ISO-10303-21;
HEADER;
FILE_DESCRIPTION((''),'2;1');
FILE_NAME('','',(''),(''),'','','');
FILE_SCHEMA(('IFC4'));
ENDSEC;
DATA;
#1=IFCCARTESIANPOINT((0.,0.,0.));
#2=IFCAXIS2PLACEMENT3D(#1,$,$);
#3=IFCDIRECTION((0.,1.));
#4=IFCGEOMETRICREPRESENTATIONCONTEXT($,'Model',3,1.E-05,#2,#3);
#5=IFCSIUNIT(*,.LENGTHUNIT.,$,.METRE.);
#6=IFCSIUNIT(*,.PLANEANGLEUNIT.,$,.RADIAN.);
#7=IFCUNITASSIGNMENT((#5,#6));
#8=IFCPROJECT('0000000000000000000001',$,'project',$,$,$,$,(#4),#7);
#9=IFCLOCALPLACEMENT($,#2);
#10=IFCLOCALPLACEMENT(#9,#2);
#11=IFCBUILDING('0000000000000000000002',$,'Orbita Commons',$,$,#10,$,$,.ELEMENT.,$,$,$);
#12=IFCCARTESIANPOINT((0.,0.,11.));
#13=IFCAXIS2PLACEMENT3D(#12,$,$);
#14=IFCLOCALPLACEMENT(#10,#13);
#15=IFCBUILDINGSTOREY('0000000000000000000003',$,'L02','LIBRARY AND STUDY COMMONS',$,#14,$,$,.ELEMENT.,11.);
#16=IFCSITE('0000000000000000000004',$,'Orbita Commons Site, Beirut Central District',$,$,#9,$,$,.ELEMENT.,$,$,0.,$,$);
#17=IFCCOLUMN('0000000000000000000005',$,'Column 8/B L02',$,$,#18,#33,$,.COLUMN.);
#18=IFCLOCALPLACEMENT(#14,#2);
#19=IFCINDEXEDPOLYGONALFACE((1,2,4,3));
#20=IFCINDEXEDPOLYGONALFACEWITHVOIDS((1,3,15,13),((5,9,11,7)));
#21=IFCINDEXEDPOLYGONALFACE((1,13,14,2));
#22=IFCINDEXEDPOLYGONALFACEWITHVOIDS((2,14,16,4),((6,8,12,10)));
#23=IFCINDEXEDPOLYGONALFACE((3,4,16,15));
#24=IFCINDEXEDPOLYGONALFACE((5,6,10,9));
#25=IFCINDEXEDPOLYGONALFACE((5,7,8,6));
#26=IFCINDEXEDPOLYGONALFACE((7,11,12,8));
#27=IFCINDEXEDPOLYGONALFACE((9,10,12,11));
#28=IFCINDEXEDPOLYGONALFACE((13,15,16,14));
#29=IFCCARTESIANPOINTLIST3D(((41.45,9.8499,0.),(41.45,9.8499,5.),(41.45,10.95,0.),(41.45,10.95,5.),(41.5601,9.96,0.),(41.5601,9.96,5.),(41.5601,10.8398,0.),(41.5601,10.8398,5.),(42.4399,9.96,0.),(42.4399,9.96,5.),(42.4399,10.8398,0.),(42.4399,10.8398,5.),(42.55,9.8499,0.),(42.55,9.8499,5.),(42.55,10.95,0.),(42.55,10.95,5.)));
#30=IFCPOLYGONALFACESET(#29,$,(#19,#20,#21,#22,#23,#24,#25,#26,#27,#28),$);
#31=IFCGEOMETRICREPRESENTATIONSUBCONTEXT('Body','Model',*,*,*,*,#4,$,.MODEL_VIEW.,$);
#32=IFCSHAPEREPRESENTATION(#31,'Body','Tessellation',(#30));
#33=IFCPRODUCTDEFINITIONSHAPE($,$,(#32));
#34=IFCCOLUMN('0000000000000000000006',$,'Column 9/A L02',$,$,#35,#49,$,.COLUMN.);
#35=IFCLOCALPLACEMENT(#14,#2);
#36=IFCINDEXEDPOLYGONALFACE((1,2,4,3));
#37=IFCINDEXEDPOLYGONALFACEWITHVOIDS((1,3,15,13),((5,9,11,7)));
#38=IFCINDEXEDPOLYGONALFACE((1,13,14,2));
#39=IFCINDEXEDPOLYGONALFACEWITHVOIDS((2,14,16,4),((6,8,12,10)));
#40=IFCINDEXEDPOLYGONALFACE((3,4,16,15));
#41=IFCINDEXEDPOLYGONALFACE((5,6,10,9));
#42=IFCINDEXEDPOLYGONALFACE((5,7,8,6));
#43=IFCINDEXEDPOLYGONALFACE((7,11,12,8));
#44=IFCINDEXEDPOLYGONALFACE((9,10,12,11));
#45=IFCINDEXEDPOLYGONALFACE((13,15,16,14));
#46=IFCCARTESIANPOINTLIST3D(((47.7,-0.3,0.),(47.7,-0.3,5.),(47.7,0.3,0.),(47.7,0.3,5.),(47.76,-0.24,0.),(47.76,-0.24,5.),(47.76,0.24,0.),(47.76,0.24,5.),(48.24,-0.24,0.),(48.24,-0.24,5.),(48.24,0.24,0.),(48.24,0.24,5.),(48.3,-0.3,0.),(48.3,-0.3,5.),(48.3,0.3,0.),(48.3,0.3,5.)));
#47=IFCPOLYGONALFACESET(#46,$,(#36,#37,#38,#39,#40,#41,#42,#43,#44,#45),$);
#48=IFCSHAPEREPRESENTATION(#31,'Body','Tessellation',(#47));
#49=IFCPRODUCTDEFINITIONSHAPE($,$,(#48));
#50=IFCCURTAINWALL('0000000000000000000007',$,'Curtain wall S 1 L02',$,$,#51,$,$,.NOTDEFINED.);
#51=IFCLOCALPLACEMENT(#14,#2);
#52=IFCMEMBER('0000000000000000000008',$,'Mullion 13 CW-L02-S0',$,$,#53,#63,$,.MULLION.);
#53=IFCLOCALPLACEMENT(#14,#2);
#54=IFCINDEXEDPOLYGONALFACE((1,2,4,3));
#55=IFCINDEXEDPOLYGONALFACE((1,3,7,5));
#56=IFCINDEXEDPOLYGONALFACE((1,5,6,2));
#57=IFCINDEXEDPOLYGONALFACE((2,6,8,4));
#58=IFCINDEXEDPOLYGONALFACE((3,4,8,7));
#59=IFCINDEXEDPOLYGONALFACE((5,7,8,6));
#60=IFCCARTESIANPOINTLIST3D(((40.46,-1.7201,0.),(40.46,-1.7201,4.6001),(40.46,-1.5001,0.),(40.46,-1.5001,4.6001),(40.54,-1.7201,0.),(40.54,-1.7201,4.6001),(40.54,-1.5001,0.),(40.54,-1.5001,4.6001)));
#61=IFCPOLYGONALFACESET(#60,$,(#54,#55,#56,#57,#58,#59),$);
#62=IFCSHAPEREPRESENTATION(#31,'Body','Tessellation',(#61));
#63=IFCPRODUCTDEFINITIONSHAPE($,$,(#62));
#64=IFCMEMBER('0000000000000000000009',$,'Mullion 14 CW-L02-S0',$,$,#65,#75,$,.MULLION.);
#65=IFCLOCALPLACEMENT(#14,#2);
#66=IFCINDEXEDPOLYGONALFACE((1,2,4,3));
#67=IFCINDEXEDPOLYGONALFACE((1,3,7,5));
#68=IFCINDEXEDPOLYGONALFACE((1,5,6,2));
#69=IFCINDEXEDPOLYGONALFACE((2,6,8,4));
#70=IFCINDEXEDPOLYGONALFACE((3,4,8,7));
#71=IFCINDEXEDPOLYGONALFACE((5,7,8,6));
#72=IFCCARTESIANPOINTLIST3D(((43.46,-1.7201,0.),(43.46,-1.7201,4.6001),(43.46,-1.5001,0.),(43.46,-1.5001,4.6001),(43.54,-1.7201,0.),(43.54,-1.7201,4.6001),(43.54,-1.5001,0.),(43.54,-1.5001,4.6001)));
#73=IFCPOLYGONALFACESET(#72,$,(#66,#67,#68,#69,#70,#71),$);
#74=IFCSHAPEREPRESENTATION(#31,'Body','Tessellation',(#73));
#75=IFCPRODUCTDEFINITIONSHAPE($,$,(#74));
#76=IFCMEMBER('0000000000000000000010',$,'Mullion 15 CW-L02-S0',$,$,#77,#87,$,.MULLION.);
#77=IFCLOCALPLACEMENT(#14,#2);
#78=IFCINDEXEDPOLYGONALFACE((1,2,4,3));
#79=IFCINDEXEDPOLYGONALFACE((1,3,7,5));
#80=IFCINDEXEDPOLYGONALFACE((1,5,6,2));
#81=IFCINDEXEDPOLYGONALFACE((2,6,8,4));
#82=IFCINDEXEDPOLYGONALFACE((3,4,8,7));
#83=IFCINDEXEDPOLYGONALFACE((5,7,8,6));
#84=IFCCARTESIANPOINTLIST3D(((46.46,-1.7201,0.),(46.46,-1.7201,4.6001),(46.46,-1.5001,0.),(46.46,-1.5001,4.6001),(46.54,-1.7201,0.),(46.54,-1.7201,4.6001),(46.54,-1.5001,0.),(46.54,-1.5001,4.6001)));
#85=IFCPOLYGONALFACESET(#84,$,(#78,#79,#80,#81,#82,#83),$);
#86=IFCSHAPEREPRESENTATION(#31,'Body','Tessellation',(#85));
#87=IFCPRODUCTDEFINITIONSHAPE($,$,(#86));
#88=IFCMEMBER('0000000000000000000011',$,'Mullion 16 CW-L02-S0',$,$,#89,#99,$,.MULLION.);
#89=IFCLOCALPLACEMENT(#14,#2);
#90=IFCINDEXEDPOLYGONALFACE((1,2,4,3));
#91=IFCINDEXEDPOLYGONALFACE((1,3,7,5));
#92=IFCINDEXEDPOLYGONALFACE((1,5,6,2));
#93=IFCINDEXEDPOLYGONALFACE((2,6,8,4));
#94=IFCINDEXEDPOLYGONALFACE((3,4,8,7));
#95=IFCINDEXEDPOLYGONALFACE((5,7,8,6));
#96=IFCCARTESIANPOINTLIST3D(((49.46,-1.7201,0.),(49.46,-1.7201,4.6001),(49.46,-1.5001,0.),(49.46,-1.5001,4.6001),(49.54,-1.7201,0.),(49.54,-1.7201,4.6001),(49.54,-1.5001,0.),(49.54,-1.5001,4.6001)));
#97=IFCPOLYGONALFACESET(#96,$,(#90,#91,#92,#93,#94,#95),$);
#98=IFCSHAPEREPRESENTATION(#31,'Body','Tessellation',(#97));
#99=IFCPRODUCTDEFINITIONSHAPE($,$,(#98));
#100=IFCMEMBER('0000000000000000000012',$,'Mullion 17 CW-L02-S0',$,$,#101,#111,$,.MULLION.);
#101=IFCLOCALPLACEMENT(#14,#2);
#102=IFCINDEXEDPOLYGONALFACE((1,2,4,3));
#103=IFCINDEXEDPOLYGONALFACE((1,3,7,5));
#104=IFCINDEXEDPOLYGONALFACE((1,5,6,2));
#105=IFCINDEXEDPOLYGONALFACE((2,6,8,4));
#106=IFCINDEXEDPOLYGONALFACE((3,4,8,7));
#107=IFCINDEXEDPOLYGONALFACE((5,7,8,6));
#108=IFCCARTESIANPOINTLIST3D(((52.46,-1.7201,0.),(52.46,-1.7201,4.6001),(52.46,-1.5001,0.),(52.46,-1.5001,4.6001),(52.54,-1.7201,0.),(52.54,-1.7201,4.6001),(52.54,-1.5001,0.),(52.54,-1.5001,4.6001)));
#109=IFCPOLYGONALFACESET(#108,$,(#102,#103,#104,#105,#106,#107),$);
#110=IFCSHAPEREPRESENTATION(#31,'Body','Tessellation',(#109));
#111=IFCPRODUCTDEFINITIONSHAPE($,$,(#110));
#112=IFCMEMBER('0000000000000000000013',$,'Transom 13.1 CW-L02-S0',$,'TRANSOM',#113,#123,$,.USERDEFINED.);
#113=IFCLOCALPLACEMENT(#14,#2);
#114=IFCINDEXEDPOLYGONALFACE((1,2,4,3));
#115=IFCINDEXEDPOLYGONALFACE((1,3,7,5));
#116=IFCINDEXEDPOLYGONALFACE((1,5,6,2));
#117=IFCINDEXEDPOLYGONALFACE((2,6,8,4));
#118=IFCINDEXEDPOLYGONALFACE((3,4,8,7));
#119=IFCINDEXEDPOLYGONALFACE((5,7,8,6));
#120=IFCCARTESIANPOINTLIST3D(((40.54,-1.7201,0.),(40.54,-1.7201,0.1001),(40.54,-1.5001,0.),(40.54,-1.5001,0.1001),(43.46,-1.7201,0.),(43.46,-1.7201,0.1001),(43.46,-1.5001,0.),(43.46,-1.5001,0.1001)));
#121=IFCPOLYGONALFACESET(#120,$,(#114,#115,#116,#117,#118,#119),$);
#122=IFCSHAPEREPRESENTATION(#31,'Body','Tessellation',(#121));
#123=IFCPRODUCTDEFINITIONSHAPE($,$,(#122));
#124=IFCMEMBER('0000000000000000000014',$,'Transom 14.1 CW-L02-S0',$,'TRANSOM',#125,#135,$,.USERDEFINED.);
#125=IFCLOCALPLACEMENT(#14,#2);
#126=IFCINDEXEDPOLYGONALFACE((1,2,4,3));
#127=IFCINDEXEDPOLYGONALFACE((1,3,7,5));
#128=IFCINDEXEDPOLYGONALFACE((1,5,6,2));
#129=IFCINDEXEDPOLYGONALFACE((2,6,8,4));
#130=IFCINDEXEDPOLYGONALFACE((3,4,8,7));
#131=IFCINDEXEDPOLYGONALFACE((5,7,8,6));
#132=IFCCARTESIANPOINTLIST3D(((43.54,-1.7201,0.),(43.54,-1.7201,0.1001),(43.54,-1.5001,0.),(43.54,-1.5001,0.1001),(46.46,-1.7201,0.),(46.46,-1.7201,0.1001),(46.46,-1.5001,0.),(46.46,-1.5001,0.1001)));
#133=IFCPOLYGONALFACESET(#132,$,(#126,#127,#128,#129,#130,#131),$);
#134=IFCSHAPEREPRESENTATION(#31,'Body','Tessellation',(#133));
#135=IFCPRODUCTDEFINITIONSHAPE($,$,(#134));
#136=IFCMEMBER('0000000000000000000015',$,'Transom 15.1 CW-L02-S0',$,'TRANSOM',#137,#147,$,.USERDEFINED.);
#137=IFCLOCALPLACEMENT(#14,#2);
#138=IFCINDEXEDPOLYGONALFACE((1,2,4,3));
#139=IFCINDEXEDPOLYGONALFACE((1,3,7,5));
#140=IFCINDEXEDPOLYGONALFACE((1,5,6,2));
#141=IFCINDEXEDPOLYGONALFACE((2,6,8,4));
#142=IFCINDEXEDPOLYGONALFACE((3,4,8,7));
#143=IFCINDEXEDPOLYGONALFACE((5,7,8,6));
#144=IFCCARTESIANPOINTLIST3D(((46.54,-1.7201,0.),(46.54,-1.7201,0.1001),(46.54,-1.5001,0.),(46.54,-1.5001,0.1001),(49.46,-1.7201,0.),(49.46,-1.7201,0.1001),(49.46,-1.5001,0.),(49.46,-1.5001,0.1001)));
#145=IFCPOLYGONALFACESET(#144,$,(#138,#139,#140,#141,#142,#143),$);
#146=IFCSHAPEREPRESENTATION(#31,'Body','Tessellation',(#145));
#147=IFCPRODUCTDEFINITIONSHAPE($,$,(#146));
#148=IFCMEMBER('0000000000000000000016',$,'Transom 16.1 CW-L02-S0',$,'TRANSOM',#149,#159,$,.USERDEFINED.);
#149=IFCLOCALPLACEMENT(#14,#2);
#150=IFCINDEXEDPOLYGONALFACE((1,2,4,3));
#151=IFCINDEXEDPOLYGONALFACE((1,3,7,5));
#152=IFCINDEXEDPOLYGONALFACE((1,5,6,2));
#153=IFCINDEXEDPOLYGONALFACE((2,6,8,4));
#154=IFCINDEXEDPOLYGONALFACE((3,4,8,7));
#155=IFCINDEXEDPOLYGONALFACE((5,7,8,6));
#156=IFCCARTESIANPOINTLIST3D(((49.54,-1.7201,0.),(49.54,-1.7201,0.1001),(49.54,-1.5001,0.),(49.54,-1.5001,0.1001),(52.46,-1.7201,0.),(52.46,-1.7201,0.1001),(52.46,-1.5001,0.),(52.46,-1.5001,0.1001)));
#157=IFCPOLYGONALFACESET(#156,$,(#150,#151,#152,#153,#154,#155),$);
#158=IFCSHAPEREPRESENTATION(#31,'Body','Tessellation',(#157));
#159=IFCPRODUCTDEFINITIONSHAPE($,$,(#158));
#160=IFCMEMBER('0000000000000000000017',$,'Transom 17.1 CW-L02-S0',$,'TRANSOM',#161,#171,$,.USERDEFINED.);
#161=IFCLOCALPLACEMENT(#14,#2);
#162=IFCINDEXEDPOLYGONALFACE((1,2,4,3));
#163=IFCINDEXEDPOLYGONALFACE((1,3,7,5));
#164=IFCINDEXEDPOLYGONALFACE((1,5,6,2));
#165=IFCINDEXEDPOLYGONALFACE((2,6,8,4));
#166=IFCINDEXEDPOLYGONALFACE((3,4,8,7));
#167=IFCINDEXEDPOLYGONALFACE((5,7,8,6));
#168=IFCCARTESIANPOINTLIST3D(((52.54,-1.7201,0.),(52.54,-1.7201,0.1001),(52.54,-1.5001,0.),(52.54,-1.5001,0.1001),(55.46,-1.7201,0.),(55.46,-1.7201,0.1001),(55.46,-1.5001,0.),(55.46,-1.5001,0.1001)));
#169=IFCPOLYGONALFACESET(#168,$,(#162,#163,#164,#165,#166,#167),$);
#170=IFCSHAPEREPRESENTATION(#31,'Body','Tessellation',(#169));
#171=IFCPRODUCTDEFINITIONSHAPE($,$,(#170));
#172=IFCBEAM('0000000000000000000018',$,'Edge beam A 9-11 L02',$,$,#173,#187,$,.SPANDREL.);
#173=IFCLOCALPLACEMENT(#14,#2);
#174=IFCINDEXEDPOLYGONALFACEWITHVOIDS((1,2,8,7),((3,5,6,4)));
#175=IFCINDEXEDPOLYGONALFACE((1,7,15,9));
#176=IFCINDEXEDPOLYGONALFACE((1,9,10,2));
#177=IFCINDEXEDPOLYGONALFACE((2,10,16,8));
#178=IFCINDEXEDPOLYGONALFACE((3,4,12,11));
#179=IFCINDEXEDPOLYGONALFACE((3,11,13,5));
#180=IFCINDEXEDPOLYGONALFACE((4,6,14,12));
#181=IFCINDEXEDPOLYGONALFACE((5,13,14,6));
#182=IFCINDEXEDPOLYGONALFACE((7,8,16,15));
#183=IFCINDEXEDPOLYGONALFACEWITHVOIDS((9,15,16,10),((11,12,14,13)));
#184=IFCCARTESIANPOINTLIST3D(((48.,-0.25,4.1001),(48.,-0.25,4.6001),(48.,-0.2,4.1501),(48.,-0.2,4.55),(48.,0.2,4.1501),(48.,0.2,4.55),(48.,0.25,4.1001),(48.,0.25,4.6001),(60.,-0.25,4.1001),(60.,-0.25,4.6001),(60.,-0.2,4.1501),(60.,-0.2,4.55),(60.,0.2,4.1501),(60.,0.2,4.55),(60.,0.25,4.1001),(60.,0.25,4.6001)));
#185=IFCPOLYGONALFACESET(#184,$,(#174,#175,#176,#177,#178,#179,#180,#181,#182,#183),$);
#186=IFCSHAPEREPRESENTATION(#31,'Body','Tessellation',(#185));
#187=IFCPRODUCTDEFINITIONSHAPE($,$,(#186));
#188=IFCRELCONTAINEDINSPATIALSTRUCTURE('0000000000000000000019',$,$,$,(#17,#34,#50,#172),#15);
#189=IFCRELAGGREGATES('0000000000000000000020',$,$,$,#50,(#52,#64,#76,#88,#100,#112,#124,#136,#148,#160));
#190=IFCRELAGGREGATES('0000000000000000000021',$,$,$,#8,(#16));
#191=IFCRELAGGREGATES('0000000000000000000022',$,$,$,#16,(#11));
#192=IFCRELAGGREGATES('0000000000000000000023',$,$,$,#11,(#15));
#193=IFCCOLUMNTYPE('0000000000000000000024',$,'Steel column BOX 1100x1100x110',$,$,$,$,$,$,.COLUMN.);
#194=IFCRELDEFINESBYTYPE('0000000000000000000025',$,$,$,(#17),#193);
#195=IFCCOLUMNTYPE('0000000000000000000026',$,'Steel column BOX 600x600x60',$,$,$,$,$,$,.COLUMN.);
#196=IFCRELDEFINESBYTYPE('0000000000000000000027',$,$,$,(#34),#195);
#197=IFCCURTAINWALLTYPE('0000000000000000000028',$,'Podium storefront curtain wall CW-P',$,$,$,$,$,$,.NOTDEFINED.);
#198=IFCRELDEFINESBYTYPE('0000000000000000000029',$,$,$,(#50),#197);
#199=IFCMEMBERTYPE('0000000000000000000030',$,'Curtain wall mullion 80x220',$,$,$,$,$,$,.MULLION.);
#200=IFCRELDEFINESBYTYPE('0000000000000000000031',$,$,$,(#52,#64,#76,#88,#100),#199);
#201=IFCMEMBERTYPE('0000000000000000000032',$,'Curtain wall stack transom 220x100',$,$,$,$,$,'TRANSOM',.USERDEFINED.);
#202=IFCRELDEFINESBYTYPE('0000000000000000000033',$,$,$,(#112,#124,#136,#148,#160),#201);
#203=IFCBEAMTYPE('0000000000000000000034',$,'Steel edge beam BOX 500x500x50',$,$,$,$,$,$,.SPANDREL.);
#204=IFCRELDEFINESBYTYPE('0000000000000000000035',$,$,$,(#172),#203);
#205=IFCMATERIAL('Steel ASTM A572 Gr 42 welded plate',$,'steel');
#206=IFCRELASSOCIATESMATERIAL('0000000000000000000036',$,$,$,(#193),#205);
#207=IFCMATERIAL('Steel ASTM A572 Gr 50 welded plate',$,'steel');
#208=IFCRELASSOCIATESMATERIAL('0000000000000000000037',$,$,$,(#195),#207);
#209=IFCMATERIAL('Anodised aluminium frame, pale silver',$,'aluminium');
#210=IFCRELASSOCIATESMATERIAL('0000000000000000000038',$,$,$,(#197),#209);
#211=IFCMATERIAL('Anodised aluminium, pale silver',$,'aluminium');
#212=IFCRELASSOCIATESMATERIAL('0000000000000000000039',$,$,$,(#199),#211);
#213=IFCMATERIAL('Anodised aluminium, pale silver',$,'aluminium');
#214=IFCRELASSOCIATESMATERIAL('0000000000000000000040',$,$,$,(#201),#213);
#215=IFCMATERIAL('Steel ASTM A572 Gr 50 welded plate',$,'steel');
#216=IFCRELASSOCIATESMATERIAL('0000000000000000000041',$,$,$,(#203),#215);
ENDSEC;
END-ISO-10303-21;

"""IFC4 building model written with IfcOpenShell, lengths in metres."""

from ifc_helpers import new_model, si_unit, direction, frame, origin, origin_2d, place, context, subcontext, project, spatial, rectangle, hollow_rectangle, extrude, material, material_profile, profile_set, type_object, element, aggregate, save


model = new_model("IFC4")

# Units and contexts
model_context = context("Model", 3, precision=1e-05, world=origin(), true_north=direction((0.0, 1.0)))
body_context = subcontext(model_context, "Body", "Model", "MODEL_VIEW")
ifc_project = project(units=[si_unit("LENGTHUNIT", "METRE"), si_unit("PLANEANGLEUNIT", "RADIAN")], contexts=[model_context])

# Site, building, storey
site_placement = place(None, origin())
site = spatial("IfcSite", under=ifc_project, at=site_placement, Name="Orbita Commons Site, Beirut Central District", CompositionType="ELEMENT", RefElevation=0.0)
building_placement = place(site_placement, origin())
building = spatial("IfcBuilding", under=site, at=building_placement, Name="Orbita Commons", CompositionType="ELEMENT")
storey_placement = place(building_placement, frame((0.0, 0.0, 11.0)))
storey = spatial("IfcBuildingStorey", under=building, at=storey_placement, Name="L02", Description="LIBRARY AND STUDY COMMONS", CompositionType="ELEMENT", Elevation=11.0)

# Columns
ifc_material_1 = material(Name="Steel ASTM A572 Gr 42 welded plate", Category="steel")
ifc_material_profile_1 = material_profile(ifc_material_1, hollow_rectangle(XDim=1.1001, YDim=1.1001, WallThickness=0.1101, at=origin_2d()), Name="BOX 1100x1100x110")
ifc_profile_set_1 = profile_set([ifc_material_profile_1], Name="Steel ASTM A572 Gr 42 welded plate")
column_type_1 = type_object("IfcColumnType", Name="Steel column BOX 1100x1100x110", PredefinedType="COLUMN", material=ifc_profile_set_1)
column_1_placement = place(storey_placement, frame((42.0, 10.3999, 0.0), z_axis=(0.0, 0.0, 1.0), x_axis=(1.0, 0.0, 0.0)))
element("IfcColumn", 1, at=column_1_placement, inside=storey, type_object=column_type_1, Name="Column 8/B L02", PredefinedType="COLUMN", context=body_context, shape_type="SweptSolid", body=[
    extrude(hollow_rectangle(XDim=1.1001, YDim=1.1001, WallThickness=0.1101, at=origin_2d()), origin(), (0.0, 0.0, 1.0), 5.0),
])
ifc_material_2 = material(Name="Steel ASTM A572 Gr 50 welded plate", Category="steel")
ifc_material_profile_2 = material_profile(ifc_material_2, hollow_rectangle(XDim=0.6001, YDim=0.6001, WallThickness=0.0601, at=origin_2d()), Name="BOX 600x600x60")
ifc_profile_set_2 = profile_set([ifc_material_profile_2], Name="Steel ASTM A572 Gr 50 welded plate")
column_type_2 = type_object("IfcColumnType", Name="Steel column BOX 600x600x60", PredefinedType="COLUMN", material=ifc_profile_set_2)
column_2_placement = place(storey_placement, frame((48.0, 0.0, 0.0), z_axis=(0.0, 0.0, 1.0), x_axis=(1.0, 0.0, 0.0)))
element("IfcColumn", 2, at=column_2_placement, inside=storey, type_object=column_type_2, Name="Column 9/A L02", PredefinedType="COLUMN", context=body_context, shape_type="SweptSolid", body=[
    extrude(hollow_rectangle(XDim=0.6001, YDim=0.6001, WallThickness=0.0601, at=origin_2d()), origin(), (0.0, 0.0, 1.0), 5.0),
])

# Curtain wall, members
ifc_material_3 = material(Name="Anodised aluminium frame, pale silver", Category="aluminium")
curtain_wall_type = type_object("IfcCurtainWallType", Name="Podium storefront curtain wall CW-P", PredefinedType="NOTDEFINED", material=ifc_material_3)
curtain_wall_placement = place(storey_placement, origin())
curtain_wall = element("IfcCurtainWall", 3, at=curtain_wall_placement, inside=storey, type_object=curtain_wall_type, Name="Curtain wall S 1 L02", PredefinedType="NOTDEFINED")
ifc_material_4 = material(Name="Anodised aluminium, pale silver", Category="aluminium")
ifc_material_profile_3 = material_profile(ifc_material_4, rectangle(XDim=0.0801, YDim=0.22, at=origin_2d()), Name="AL 80x220")
ifc_profile_set_3 = profile_set([ifc_material_profile_3], Name="Anodised aluminium, pale silver")
member_type_1 = type_object("IfcMemberType", Name="Curtain wall mullion 80x220", PredefinedType="MULLION", material=ifc_profile_set_3)
member_1_placement = place(storey_placement, frame((40.5, -1.6101, 0.0), z_axis=(0.0, 0.0, 1.0), x_axis=(1.0, 0.0, 0.0)))
member_1 = element("IfcMember", 4, at=member_1_placement, type_object=member_type_1, Name="Mullion 13 CW-L02-S0", PredefinedType="MULLION", context=body_context, shape_type="SweptSolid", body=[
    extrude(rectangle(XDim=0.0801, YDim=0.22, at=origin_2d()), origin(), (0.0, 0.0, 1.0), 4.6001),
])
member_2_placement = place(storey_placement, frame((43.5, -1.6101, 0.0), z_axis=(0.0, 0.0, 1.0), x_axis=(1.0, 0.0, 0.0)))
member_2 = element("IfcMember", 5, at=member_2_placement, type_object=member_type_1, Name="Mullion 14 CW-L02-S0", PredefinedType="MULLION", context=body_context, shape_type="SweptSolid", body=[
    extrude(rectangle(XDim=0.0801, YDim=0.22, at=origin_2d()), origin(), (0.0, 0.0, 1.0), 4.6001),
])
member_3_placement = place(storey_placement, frame((46.5, -1.6101, 0.0), z_axis=(0.0, 0.0, 1.0), x_axis=(1.0, 0.0, 0.0)))
member_3 = element("IfcMember", 6, at=member_3_placement, type_object=member_type_1, Name="Mullion 15 CW-L02-S0", PredefinedType="MULLION", context=body_context, shape_type="SweptSolid", body=[
    extrude(rectangle(XDim=0.0801, YDim=0.22, at=origin_2d()), origin(), (0.0, 0.0, 1.0), 4.6001),
])
member_4_placement = place(storey_placement, frame((49.5, -1.6101, 0.0), z_axis=(0.0, 0.0, 1.0), x_axis=(1.0, 0.0, 0.0)))
member_4 = element("IfcMember", 7, at=member_4_placement, type_object=member_type_1, Name="Mullion 16 CW-L02-S0", PredefinedType="MULLION", context=body_context, shape_type="SweptSolid", body=[
    extrude(rectangle(XDim=0.0801, YDim=0.22, at=origin_2d()), origin(), (0.0, 0.0, 1.0), 4.6001),
])
member_5_placement = place(storey_placement, frame((52.5, -1.6101, 0.0), z_axis=(0.0, 0.0, 1.0), x_axis=(1.0, 0.0, 0.0)))
member_5 = element("IfcMember", 8, at=member_5_placement, type_object=member_type_1, Name="Mullion 17 CW-L02-S0", PredefinedType="MULLION", context=body_context, shape_type="SweptSolid", body=[
    extrude(rectangle(XDim=0.0801, YDim=0.22, at=origin_2d()), origin(), (0.0, 0.0, 1.0), 4.6001),
])
ifc_material_5 = material(Name="Anodised aluminium, pale silver", Category="aluminium")
ifc_material_profile_4 = material_profile(ifc_material_5, rectangle(XDim=0.22, YDim=0.1001, at=origin_2d()), Name="AL 220x100")
ifc_profile_set_4 = profile_set([ifc_material_profile_4], Name="Anodised aluminium, pale silver")
member_type_2 = type_object("IfcMemberType", Name="Curtain wall stack transom 220x100", ElementType="TRANSOM", PredefinedType="USERDEFINED", material=ifc_profile_set_4)
member_6_placement = place(storey_placement, frame((40.54, -1.6101, 0.05), z_axis=(1.0, 0.0, 0.0), x_axis=(0.0, 1.0, 0.0)))
member_6 = element("IfcMember", 9, at=member_6_placement, type_object=member_type_2, Name="Transom 13.1 CW-L02-S0", ObjectType="TRANSOM", PredefinedType="USERDEFINED", context=body_context, shape_type="SweptSolid", body=[
    extrude(rectangle(XDim=0.22, YDim=0.1001, at=origin_2d()), origin(), (0.0, 0.0, 1.0), 2.9199),
])
member_7_placement = place(storey_placement, frame((43.54, -1.6101, 0.05), z_axis=(1.0, 0.0, 0.0), x_axis=(0.0, 1.0, 0.0)))
member_7 = element("IfcMember", 10, at=member_7_placement, type_object=member_type_2, Name="Transom 14.1 CW-L02-S0", ObjectType="TRANSOM", PredefinedType="USERDEFINED", context=body_context, shape_type="SweptSolid", body=[
    extrude(rectangle(XDim=0.22, YDim=0.1001, at=origin_2d()), origin(), (0.0, 0.0, 1.0), 2.9199),
])
member_8_placement = place(storey_placement, frame((46.54, -1.6101, 0.05), z_axis=(1.0, 0.0, 0.0), x_axis=(0.0, 1.0, 0.0)))
member_8 = element("IfcMember", 11, at=member_8_placement, type_object=member_type_2, Name="Transom 15.1 CW-L02-S0", ObjectType="TRANSOM", PredefinedType="USERDEFINED", context=body_context, shape_type="SweptSolid", body=[
    extrude(rectangle(XDim=0.22, YDim=0.1001, at=origin_2d()), origin(), (0.0, 0.0, 1.0), 2.9199),
])
member_9_placement = place(storey_placement, frame((49.54, -1.6101, 0.05), z_axis=(1.0, 0.0, 0.0), x_axis=(0.0, 1.0, 0.0)))
member_9 = element("IfcMember", 12, at=member_9_placement, type_object=member_type_2, Name="Transom 16.1 CW-L02-S0", ObjectType="TRANSOM", PredefinedType="USERDEFINED", context=body_context, shape_type="SweptSolid", body=[
    extrude(rectangle(XDim=0.22, YDim=0.1001, at=origin_2d()), origin(), (0.0, 0.0, 1.0), 2.9199),
])
member_10_placement = place(storey_placement, frame((52.54, -1.6101, 0.05), z_axis=(1.0, 0.0, 0.0), x_axis=(0.0, 1.0, 0.0)))
member_10 = element("IfcMember", 13, at=member_10_placement, type_object=member_type_2, Name="Transom 17.1 CW-L02-S0", ObjectType="TRANSOM", PredefinedType="USERDEFINED", context=body_context, shape_type="SweptSolid", body=[
    extrude(rectangle(XDim=0.22, YDim=0.1001, at=origin_2d()), origin(), (0.0, 0.0, 1.0), 2.9199),
])

# Beam
ifc_material_6 = material(Name="Steel ASTM A572 Gr 50 welded plate", Category="steel")
ifc_material_profile_5 = material_profile(ifc_material_6, hollow_rectangle(XDim=0.5, YDim=0.5, WallThickness=0.05, at=origin_2d()), Name="BOX 500x500x50")
ifc_profile_set_5 = profile_set([ifc_material_profile_5], Name="Steel ASTM A572 Gr 50 welded plate")
beam_type_1 = type_object("IfcBeamType", Name="Steel edge beam BOX 500x500x50", PredefinedType="SPANDREL", material=ifc_profile_set_5)
beam_1_placement = place(storey_placement, frame((48.0, 0.0, 4.3501), z_axis=(1.0, 0.0, 0.0), x_axis=(0.0, 1.0, 0.0)))
element("IfcBeam", 14, at=beam_1_placement, inside=storey, type_object=beam_type_1, Name="Edge beam A 9-11 L02", PredefinedType="SPANDREL", context=body_context, shape_type="SweptSolid", body=[
    extrude(hollow_rectangle(XDim=0.5, YDim=0.5, WallThickness=0.05, at=origin_2d()), origin(), (0.0, 0.0, 1.0), 12.0),
])

aggregate(curtain_wall, [member_1, member_2, member_3, member_4, member_5, member_6, member_7, member_8, member_9, member_10])

save(model, "model.ifc")
